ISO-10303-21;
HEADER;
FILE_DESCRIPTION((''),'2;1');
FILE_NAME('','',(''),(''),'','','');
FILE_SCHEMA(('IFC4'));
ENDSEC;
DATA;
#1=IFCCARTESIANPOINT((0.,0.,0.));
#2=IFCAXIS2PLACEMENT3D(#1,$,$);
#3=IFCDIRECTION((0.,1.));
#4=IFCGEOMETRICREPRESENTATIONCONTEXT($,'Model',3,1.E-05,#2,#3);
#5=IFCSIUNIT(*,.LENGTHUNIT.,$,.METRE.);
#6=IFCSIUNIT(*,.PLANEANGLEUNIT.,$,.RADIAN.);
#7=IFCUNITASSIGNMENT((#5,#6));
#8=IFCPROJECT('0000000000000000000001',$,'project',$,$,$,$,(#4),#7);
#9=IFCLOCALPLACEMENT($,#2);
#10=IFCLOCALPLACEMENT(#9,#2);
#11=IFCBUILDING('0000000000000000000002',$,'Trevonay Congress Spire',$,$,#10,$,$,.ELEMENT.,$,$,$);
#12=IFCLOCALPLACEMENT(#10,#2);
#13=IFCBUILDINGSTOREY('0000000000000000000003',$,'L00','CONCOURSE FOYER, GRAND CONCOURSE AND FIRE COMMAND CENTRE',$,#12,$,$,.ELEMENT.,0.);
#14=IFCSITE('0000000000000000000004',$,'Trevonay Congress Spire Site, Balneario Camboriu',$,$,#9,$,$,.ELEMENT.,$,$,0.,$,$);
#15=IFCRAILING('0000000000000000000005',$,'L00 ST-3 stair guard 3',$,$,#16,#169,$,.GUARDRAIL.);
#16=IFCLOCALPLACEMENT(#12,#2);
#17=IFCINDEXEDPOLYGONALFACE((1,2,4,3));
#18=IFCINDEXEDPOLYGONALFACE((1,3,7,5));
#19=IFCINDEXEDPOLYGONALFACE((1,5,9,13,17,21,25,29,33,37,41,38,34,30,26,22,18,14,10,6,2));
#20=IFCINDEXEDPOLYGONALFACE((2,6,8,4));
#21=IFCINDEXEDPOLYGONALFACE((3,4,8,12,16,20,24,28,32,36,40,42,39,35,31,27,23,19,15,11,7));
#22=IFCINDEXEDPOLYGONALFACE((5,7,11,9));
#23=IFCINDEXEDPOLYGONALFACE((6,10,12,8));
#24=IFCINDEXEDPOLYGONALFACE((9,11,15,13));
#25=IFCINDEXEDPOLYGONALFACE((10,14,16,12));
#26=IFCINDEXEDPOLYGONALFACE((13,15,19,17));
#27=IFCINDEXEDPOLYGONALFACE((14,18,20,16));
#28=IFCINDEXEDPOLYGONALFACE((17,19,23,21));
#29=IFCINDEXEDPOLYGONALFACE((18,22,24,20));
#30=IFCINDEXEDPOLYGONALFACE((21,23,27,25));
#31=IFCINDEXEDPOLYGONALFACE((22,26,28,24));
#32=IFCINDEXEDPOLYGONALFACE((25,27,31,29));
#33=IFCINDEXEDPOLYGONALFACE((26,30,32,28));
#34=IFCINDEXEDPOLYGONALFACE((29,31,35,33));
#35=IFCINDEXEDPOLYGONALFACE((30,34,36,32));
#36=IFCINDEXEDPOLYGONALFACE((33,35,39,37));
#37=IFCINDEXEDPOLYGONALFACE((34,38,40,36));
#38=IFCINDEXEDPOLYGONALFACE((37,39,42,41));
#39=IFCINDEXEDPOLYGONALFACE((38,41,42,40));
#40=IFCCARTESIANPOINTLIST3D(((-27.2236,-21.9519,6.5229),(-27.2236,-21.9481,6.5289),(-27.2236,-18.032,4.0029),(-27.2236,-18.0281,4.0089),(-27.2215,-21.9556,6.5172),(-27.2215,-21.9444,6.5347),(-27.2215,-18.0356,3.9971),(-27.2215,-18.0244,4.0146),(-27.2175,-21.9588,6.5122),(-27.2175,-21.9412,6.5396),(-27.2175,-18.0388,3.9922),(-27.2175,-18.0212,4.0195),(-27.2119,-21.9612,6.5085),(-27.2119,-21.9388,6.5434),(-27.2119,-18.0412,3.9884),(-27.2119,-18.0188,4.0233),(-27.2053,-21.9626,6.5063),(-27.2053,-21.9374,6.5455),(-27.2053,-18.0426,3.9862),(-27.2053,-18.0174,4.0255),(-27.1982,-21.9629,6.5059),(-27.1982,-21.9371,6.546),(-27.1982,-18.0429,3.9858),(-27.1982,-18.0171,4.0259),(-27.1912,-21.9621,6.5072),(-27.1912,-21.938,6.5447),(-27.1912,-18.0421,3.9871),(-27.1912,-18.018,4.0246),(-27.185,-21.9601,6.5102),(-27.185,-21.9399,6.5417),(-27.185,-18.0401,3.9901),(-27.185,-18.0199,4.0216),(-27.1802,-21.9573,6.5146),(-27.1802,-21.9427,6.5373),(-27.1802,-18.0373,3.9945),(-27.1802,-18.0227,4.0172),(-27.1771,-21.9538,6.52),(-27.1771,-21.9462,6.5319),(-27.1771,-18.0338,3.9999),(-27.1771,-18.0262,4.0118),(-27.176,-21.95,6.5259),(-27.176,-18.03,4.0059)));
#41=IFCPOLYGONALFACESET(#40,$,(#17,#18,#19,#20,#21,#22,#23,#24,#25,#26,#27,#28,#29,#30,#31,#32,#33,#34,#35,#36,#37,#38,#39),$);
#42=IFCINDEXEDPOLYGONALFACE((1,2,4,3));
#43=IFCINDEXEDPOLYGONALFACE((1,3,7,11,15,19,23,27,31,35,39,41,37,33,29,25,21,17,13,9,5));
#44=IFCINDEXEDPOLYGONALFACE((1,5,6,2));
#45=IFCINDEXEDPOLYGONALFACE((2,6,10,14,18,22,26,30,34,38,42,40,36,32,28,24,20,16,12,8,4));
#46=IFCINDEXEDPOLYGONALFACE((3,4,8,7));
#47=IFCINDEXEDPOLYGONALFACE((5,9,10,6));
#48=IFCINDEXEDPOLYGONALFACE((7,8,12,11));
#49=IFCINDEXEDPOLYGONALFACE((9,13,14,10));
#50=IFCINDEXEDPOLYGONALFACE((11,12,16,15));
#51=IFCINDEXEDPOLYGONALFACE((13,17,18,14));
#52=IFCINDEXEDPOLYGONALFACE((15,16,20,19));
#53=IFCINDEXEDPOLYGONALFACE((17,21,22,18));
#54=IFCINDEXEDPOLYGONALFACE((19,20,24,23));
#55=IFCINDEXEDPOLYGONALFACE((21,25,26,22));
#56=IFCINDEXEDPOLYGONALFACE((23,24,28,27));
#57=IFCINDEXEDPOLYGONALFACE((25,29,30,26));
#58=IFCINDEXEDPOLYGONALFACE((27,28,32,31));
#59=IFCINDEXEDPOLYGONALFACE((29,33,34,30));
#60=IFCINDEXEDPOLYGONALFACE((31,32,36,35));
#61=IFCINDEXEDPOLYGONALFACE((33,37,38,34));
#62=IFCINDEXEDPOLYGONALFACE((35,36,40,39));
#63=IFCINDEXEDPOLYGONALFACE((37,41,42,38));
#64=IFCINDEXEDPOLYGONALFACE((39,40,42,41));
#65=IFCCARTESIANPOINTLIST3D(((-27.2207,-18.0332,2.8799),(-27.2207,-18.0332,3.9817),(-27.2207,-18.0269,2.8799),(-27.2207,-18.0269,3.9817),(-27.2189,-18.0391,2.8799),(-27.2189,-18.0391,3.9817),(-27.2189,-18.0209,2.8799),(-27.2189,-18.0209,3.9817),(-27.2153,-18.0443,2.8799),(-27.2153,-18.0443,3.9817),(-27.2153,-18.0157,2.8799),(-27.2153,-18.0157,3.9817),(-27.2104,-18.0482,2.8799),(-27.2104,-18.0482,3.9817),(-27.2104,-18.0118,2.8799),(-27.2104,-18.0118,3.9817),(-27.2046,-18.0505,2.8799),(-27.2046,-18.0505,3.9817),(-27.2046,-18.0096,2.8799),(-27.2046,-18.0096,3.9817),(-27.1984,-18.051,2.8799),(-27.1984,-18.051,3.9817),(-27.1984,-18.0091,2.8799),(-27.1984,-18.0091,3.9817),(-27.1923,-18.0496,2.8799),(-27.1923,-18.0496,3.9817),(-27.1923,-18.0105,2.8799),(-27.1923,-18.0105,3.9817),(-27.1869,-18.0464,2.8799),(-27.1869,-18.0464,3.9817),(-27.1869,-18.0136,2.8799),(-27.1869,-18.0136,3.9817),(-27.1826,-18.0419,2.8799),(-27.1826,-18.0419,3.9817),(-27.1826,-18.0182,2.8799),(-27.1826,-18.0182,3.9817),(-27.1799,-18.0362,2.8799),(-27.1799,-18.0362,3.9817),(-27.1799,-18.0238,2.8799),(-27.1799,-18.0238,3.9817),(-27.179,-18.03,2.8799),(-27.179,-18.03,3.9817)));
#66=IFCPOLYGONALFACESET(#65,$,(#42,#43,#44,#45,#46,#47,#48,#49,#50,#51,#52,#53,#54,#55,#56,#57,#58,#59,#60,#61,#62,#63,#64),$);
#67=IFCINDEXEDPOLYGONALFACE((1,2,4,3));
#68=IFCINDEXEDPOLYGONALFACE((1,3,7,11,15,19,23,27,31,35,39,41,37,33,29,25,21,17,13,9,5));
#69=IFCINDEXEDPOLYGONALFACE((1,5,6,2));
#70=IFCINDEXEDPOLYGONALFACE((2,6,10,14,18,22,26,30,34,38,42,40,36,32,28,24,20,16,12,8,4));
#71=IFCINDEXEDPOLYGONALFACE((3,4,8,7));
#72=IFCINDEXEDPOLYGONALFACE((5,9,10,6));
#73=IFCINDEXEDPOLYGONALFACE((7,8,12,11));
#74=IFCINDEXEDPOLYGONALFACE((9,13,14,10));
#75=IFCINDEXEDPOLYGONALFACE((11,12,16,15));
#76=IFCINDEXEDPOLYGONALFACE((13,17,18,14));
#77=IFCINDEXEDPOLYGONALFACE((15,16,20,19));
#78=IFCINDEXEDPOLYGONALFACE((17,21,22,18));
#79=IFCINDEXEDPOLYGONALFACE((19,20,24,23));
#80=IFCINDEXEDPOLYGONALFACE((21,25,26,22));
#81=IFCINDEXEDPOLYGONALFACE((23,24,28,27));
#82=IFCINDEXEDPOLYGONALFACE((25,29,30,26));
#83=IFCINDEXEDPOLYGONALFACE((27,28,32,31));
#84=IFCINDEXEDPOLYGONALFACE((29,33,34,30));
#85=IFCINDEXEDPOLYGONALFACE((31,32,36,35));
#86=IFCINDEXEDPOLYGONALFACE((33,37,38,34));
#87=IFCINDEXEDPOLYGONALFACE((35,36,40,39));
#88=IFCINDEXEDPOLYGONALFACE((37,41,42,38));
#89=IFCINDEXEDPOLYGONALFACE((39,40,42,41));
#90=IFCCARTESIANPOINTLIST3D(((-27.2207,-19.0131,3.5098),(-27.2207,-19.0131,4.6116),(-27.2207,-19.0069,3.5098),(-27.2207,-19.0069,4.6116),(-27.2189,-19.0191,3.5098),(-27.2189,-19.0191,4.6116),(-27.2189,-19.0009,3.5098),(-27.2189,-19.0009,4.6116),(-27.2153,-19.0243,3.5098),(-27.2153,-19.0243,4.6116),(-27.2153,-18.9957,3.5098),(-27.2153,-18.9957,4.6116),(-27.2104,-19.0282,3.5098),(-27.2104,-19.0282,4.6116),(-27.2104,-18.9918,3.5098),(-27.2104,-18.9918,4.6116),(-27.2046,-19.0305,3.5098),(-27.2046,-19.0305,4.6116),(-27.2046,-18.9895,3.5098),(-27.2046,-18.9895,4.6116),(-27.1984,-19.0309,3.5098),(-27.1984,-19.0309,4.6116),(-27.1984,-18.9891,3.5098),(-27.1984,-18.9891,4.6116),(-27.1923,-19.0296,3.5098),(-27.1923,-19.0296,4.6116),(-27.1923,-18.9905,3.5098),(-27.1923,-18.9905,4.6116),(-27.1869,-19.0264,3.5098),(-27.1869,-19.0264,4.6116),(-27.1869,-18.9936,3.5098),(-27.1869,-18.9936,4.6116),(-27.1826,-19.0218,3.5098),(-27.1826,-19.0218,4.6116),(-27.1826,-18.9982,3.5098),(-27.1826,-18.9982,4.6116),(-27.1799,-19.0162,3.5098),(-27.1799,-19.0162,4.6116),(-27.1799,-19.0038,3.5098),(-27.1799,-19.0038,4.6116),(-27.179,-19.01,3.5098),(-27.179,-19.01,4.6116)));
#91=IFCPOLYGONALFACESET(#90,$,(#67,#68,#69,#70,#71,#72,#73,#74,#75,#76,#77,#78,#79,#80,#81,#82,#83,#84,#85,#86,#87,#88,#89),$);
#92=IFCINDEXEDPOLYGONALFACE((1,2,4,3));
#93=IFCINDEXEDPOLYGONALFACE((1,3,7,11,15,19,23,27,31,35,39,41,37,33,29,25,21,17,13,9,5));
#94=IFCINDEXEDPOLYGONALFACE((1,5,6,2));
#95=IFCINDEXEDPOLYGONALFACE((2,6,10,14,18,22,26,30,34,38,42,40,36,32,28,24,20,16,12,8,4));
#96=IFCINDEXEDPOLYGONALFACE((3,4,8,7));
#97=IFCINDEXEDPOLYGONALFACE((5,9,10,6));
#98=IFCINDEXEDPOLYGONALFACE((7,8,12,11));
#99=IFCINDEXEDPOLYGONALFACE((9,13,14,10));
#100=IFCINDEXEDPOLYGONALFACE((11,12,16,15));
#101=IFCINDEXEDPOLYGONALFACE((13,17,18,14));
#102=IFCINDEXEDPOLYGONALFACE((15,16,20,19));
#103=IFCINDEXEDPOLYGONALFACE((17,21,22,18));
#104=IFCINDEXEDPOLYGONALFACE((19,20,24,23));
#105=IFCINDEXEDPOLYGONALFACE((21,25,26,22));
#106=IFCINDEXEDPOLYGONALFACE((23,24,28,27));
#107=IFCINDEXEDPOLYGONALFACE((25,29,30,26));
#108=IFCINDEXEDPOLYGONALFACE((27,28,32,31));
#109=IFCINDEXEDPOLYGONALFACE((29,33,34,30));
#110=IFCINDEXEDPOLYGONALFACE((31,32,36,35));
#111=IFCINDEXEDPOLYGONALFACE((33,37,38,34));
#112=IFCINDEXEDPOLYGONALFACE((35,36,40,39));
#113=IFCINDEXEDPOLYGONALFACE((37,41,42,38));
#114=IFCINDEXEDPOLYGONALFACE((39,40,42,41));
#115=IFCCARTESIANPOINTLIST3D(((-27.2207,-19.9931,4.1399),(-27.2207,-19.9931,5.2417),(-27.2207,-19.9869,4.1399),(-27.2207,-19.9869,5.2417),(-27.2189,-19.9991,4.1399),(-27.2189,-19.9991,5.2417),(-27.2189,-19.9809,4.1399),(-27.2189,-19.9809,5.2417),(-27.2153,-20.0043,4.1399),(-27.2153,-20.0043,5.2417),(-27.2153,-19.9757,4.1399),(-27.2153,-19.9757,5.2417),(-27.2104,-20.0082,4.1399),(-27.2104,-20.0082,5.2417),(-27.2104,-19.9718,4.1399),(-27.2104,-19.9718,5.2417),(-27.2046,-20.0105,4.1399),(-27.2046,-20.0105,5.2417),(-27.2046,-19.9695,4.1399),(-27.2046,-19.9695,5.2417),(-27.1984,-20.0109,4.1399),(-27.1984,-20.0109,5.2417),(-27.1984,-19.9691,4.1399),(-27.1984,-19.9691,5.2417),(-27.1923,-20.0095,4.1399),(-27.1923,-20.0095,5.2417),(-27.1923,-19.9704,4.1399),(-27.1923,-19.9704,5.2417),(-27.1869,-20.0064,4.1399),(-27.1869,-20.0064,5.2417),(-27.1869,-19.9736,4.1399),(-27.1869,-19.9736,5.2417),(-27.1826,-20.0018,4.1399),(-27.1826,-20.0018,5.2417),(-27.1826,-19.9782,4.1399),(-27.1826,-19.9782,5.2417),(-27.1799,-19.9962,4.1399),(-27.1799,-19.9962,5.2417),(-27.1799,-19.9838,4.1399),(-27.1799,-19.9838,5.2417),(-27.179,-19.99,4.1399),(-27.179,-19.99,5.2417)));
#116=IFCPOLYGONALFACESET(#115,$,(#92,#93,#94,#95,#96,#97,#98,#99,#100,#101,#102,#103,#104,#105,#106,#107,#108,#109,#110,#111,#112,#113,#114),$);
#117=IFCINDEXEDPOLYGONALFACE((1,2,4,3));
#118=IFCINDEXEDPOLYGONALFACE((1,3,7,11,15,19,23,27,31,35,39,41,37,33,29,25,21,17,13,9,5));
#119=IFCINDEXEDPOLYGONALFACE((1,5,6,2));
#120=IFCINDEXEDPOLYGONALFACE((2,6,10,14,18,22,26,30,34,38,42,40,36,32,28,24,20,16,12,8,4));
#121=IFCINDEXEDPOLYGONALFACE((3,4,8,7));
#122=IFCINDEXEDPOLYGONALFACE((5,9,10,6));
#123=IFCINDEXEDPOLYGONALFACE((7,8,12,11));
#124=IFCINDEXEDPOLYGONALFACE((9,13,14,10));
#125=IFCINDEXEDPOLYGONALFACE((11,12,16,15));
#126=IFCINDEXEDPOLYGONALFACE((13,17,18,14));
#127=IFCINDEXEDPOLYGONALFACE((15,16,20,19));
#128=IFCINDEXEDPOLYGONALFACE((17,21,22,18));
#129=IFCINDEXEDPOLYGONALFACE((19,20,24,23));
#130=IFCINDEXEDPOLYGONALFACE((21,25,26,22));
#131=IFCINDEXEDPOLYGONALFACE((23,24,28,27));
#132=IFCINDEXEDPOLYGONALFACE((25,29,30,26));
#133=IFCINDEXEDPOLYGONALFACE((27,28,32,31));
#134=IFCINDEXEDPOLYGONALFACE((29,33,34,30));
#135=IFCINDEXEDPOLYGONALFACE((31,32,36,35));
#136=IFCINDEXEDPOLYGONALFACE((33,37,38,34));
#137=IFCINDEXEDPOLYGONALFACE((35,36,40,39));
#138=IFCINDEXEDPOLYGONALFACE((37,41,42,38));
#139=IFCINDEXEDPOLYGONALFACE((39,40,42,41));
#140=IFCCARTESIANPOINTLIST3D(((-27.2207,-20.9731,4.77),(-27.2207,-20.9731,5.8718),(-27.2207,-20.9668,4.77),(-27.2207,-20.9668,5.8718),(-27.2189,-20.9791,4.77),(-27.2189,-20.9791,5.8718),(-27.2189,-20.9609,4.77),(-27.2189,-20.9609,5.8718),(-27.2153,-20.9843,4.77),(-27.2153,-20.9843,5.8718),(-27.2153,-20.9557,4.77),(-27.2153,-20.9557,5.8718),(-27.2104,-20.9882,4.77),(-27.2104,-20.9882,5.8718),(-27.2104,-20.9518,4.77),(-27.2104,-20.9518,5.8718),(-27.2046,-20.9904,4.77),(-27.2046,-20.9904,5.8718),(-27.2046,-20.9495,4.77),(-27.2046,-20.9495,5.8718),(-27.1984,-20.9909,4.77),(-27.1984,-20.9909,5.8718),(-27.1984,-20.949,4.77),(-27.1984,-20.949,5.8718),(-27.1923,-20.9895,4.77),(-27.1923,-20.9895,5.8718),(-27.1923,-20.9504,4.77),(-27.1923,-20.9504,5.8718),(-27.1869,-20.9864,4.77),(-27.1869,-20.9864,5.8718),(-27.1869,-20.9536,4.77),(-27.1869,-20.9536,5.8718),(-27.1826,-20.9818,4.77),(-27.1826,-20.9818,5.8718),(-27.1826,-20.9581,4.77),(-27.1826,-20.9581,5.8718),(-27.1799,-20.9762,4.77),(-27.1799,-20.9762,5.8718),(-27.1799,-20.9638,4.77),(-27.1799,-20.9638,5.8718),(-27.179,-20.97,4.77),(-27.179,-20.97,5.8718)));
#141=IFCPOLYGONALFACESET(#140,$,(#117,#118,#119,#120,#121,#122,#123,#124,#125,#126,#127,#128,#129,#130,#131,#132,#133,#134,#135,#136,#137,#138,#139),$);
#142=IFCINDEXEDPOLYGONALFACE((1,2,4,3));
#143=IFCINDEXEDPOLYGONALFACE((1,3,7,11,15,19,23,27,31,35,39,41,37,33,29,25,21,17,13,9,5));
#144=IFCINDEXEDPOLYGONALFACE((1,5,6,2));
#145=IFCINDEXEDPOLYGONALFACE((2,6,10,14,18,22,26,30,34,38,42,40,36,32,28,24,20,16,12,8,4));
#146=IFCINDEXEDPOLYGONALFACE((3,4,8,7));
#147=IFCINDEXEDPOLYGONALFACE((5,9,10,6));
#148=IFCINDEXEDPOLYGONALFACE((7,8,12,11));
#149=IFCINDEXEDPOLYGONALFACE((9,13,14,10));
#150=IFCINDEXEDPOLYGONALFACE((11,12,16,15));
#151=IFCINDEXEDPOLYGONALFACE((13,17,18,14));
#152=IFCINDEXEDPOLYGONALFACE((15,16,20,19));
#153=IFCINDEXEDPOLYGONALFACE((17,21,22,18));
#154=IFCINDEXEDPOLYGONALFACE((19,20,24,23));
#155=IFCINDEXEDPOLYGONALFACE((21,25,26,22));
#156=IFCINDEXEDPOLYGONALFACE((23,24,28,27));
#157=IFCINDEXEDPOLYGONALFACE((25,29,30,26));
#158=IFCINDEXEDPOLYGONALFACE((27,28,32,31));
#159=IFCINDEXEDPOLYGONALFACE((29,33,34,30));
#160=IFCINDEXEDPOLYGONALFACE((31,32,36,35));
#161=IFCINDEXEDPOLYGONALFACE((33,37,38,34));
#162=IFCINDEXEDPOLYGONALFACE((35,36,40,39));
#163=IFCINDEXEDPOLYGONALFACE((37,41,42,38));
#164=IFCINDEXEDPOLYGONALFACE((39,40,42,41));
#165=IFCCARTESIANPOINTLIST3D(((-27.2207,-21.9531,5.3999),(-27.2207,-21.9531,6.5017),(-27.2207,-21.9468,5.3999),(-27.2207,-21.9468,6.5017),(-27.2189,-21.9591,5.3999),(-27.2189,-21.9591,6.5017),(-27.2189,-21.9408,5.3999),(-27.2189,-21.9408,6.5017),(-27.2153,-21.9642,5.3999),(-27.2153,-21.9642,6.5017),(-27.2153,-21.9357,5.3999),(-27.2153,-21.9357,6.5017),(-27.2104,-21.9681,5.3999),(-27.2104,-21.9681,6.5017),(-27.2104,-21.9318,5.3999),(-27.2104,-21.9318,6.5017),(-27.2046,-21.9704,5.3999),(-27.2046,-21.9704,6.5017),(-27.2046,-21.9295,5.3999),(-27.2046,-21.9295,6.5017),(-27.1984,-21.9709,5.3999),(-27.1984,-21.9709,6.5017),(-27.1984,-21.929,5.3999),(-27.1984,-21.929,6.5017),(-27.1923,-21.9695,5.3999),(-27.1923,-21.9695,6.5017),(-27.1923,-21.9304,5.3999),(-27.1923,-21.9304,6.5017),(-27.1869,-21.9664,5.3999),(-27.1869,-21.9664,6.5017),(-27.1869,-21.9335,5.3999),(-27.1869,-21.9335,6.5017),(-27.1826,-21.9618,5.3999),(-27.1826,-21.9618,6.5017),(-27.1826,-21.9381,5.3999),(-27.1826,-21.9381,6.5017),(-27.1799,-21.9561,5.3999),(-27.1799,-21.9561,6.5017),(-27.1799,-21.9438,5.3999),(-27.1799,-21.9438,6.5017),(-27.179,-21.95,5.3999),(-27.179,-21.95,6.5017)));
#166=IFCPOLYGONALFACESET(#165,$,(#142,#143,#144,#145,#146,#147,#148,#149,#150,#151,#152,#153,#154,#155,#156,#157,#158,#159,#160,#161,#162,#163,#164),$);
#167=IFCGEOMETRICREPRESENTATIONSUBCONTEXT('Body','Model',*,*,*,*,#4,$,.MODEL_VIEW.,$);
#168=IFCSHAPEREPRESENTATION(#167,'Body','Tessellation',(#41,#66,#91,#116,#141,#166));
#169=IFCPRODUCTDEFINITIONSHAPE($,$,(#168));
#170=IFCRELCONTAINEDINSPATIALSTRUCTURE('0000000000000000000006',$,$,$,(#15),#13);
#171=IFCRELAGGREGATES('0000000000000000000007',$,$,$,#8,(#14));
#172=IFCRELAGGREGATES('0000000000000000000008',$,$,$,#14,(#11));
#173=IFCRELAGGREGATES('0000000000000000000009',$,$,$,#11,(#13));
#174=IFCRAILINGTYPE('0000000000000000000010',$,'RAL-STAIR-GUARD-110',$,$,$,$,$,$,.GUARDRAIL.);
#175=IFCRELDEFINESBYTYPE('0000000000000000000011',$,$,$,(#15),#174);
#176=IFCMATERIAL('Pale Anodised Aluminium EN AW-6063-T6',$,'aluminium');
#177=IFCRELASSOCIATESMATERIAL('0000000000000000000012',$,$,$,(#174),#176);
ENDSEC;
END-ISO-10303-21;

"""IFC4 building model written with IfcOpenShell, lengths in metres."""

from ifc_helpers import new_model, si_unit, direction, frame, origin, origin_2d, place, context, subcontext, project, spatial, circle, extrude, material, type_object, element, save


model = new_model("IFC4")

# Units and contexts
model_context = context("Model", 3, precision=1e-05, world=origin(), true_north=direction((0.0, 1.0)))
body_context = subcontext(model_context, "Body", "Model", "MODEL_VIEW")
ifc_project = project(units=[si_unit("LENGTHUNIT", "METRE"), si_unit("PLANEANGLEUNIT", "RADIAN")], contexts=[model_context])

# Site, building, storey
site_placement = place(None, origin())
site = spatial("IfcSite", under=ifc_project, at=site_placement, Name="Trevonay Congress Spire Site, Balneario Camboriu", CompositionType="ELEMENT", RefElevation=0.0)
building_placement = place(site_placement, origin())
building = spatial("IfcBuilding", under=site, at=building_placement, Name="Trevonay Congress Spire", CompositionType="ELEMENT")
storey_placement = place(building_placement, origin())
storey = spatial("IfcBuildingStorey", under=building, at=storey_placement, Name="L00", Description="CONCOURSE FOYER, GRAND CONCOURSE AND FIRE COMMAND CENTRE", CompositionType="ELEMENT", Elevation=0.0)

# Shared definitions
ifc_material_1 = material(Name="Pale Anodised Aluminium EN AW-6063-T6", Category="aluminium")

# Railing
railing_type_1 = type_object("IfcRailingType", Name="RAL-STAIR-GUARD-110", PredefinedType="GUARDRAIL", material=ifc_material_1)
railing_1_placement = place(storey_placement, frame((-27.2, -18.03, 2.8799)))
element("IfcRailing", 1, at=railing_1_placement, inside=storey, type_object=railing_type_1, Name="L00 ST-3 stair guard 3", PredefinedType="GUARDRAIL", context=body_context, shape_type="SweptSolid", body=[
    extrude(circle(Radius=0.0239, at=origin_2d()), frame((0.0, 0.0, 1.126), z_axis=(0.0, -0.841172, 0.540768), x_axis=(1.0, 0.0, 0.0)), (0.0, 0.0, 1.0), 4.6602),
    extrude(circle(Radius=0.021, at=origin_2d()), origin(), (0.0, 0.0, 1.0), 1.1018),
    extrude(circle(Radius=0.021, at=origin_2d()), frame((0.0, -0.98, 0.6299)), (0.0, 0.0, 1.0), 1.1018),
    extrude(circle(Radius=0.021, at=origin_2d()), frame((0.0, -1.96, 1.26)), (0.0, 0.0, 1.0), 1.1018),
    extrude(circle(Radius=0.021, at=origin_2d()), frame((0.0, -2.9399, 1.8901)), (0.0, 0.0, 1.0), 1.1018),
    extrude(circle(Radius=0.021, at=origin_2d()), frame((0.0, -3.9199, 2.52)), (0.0, 0.0, 1.0), 1.1018),
])

save(model, "model.ifc")
